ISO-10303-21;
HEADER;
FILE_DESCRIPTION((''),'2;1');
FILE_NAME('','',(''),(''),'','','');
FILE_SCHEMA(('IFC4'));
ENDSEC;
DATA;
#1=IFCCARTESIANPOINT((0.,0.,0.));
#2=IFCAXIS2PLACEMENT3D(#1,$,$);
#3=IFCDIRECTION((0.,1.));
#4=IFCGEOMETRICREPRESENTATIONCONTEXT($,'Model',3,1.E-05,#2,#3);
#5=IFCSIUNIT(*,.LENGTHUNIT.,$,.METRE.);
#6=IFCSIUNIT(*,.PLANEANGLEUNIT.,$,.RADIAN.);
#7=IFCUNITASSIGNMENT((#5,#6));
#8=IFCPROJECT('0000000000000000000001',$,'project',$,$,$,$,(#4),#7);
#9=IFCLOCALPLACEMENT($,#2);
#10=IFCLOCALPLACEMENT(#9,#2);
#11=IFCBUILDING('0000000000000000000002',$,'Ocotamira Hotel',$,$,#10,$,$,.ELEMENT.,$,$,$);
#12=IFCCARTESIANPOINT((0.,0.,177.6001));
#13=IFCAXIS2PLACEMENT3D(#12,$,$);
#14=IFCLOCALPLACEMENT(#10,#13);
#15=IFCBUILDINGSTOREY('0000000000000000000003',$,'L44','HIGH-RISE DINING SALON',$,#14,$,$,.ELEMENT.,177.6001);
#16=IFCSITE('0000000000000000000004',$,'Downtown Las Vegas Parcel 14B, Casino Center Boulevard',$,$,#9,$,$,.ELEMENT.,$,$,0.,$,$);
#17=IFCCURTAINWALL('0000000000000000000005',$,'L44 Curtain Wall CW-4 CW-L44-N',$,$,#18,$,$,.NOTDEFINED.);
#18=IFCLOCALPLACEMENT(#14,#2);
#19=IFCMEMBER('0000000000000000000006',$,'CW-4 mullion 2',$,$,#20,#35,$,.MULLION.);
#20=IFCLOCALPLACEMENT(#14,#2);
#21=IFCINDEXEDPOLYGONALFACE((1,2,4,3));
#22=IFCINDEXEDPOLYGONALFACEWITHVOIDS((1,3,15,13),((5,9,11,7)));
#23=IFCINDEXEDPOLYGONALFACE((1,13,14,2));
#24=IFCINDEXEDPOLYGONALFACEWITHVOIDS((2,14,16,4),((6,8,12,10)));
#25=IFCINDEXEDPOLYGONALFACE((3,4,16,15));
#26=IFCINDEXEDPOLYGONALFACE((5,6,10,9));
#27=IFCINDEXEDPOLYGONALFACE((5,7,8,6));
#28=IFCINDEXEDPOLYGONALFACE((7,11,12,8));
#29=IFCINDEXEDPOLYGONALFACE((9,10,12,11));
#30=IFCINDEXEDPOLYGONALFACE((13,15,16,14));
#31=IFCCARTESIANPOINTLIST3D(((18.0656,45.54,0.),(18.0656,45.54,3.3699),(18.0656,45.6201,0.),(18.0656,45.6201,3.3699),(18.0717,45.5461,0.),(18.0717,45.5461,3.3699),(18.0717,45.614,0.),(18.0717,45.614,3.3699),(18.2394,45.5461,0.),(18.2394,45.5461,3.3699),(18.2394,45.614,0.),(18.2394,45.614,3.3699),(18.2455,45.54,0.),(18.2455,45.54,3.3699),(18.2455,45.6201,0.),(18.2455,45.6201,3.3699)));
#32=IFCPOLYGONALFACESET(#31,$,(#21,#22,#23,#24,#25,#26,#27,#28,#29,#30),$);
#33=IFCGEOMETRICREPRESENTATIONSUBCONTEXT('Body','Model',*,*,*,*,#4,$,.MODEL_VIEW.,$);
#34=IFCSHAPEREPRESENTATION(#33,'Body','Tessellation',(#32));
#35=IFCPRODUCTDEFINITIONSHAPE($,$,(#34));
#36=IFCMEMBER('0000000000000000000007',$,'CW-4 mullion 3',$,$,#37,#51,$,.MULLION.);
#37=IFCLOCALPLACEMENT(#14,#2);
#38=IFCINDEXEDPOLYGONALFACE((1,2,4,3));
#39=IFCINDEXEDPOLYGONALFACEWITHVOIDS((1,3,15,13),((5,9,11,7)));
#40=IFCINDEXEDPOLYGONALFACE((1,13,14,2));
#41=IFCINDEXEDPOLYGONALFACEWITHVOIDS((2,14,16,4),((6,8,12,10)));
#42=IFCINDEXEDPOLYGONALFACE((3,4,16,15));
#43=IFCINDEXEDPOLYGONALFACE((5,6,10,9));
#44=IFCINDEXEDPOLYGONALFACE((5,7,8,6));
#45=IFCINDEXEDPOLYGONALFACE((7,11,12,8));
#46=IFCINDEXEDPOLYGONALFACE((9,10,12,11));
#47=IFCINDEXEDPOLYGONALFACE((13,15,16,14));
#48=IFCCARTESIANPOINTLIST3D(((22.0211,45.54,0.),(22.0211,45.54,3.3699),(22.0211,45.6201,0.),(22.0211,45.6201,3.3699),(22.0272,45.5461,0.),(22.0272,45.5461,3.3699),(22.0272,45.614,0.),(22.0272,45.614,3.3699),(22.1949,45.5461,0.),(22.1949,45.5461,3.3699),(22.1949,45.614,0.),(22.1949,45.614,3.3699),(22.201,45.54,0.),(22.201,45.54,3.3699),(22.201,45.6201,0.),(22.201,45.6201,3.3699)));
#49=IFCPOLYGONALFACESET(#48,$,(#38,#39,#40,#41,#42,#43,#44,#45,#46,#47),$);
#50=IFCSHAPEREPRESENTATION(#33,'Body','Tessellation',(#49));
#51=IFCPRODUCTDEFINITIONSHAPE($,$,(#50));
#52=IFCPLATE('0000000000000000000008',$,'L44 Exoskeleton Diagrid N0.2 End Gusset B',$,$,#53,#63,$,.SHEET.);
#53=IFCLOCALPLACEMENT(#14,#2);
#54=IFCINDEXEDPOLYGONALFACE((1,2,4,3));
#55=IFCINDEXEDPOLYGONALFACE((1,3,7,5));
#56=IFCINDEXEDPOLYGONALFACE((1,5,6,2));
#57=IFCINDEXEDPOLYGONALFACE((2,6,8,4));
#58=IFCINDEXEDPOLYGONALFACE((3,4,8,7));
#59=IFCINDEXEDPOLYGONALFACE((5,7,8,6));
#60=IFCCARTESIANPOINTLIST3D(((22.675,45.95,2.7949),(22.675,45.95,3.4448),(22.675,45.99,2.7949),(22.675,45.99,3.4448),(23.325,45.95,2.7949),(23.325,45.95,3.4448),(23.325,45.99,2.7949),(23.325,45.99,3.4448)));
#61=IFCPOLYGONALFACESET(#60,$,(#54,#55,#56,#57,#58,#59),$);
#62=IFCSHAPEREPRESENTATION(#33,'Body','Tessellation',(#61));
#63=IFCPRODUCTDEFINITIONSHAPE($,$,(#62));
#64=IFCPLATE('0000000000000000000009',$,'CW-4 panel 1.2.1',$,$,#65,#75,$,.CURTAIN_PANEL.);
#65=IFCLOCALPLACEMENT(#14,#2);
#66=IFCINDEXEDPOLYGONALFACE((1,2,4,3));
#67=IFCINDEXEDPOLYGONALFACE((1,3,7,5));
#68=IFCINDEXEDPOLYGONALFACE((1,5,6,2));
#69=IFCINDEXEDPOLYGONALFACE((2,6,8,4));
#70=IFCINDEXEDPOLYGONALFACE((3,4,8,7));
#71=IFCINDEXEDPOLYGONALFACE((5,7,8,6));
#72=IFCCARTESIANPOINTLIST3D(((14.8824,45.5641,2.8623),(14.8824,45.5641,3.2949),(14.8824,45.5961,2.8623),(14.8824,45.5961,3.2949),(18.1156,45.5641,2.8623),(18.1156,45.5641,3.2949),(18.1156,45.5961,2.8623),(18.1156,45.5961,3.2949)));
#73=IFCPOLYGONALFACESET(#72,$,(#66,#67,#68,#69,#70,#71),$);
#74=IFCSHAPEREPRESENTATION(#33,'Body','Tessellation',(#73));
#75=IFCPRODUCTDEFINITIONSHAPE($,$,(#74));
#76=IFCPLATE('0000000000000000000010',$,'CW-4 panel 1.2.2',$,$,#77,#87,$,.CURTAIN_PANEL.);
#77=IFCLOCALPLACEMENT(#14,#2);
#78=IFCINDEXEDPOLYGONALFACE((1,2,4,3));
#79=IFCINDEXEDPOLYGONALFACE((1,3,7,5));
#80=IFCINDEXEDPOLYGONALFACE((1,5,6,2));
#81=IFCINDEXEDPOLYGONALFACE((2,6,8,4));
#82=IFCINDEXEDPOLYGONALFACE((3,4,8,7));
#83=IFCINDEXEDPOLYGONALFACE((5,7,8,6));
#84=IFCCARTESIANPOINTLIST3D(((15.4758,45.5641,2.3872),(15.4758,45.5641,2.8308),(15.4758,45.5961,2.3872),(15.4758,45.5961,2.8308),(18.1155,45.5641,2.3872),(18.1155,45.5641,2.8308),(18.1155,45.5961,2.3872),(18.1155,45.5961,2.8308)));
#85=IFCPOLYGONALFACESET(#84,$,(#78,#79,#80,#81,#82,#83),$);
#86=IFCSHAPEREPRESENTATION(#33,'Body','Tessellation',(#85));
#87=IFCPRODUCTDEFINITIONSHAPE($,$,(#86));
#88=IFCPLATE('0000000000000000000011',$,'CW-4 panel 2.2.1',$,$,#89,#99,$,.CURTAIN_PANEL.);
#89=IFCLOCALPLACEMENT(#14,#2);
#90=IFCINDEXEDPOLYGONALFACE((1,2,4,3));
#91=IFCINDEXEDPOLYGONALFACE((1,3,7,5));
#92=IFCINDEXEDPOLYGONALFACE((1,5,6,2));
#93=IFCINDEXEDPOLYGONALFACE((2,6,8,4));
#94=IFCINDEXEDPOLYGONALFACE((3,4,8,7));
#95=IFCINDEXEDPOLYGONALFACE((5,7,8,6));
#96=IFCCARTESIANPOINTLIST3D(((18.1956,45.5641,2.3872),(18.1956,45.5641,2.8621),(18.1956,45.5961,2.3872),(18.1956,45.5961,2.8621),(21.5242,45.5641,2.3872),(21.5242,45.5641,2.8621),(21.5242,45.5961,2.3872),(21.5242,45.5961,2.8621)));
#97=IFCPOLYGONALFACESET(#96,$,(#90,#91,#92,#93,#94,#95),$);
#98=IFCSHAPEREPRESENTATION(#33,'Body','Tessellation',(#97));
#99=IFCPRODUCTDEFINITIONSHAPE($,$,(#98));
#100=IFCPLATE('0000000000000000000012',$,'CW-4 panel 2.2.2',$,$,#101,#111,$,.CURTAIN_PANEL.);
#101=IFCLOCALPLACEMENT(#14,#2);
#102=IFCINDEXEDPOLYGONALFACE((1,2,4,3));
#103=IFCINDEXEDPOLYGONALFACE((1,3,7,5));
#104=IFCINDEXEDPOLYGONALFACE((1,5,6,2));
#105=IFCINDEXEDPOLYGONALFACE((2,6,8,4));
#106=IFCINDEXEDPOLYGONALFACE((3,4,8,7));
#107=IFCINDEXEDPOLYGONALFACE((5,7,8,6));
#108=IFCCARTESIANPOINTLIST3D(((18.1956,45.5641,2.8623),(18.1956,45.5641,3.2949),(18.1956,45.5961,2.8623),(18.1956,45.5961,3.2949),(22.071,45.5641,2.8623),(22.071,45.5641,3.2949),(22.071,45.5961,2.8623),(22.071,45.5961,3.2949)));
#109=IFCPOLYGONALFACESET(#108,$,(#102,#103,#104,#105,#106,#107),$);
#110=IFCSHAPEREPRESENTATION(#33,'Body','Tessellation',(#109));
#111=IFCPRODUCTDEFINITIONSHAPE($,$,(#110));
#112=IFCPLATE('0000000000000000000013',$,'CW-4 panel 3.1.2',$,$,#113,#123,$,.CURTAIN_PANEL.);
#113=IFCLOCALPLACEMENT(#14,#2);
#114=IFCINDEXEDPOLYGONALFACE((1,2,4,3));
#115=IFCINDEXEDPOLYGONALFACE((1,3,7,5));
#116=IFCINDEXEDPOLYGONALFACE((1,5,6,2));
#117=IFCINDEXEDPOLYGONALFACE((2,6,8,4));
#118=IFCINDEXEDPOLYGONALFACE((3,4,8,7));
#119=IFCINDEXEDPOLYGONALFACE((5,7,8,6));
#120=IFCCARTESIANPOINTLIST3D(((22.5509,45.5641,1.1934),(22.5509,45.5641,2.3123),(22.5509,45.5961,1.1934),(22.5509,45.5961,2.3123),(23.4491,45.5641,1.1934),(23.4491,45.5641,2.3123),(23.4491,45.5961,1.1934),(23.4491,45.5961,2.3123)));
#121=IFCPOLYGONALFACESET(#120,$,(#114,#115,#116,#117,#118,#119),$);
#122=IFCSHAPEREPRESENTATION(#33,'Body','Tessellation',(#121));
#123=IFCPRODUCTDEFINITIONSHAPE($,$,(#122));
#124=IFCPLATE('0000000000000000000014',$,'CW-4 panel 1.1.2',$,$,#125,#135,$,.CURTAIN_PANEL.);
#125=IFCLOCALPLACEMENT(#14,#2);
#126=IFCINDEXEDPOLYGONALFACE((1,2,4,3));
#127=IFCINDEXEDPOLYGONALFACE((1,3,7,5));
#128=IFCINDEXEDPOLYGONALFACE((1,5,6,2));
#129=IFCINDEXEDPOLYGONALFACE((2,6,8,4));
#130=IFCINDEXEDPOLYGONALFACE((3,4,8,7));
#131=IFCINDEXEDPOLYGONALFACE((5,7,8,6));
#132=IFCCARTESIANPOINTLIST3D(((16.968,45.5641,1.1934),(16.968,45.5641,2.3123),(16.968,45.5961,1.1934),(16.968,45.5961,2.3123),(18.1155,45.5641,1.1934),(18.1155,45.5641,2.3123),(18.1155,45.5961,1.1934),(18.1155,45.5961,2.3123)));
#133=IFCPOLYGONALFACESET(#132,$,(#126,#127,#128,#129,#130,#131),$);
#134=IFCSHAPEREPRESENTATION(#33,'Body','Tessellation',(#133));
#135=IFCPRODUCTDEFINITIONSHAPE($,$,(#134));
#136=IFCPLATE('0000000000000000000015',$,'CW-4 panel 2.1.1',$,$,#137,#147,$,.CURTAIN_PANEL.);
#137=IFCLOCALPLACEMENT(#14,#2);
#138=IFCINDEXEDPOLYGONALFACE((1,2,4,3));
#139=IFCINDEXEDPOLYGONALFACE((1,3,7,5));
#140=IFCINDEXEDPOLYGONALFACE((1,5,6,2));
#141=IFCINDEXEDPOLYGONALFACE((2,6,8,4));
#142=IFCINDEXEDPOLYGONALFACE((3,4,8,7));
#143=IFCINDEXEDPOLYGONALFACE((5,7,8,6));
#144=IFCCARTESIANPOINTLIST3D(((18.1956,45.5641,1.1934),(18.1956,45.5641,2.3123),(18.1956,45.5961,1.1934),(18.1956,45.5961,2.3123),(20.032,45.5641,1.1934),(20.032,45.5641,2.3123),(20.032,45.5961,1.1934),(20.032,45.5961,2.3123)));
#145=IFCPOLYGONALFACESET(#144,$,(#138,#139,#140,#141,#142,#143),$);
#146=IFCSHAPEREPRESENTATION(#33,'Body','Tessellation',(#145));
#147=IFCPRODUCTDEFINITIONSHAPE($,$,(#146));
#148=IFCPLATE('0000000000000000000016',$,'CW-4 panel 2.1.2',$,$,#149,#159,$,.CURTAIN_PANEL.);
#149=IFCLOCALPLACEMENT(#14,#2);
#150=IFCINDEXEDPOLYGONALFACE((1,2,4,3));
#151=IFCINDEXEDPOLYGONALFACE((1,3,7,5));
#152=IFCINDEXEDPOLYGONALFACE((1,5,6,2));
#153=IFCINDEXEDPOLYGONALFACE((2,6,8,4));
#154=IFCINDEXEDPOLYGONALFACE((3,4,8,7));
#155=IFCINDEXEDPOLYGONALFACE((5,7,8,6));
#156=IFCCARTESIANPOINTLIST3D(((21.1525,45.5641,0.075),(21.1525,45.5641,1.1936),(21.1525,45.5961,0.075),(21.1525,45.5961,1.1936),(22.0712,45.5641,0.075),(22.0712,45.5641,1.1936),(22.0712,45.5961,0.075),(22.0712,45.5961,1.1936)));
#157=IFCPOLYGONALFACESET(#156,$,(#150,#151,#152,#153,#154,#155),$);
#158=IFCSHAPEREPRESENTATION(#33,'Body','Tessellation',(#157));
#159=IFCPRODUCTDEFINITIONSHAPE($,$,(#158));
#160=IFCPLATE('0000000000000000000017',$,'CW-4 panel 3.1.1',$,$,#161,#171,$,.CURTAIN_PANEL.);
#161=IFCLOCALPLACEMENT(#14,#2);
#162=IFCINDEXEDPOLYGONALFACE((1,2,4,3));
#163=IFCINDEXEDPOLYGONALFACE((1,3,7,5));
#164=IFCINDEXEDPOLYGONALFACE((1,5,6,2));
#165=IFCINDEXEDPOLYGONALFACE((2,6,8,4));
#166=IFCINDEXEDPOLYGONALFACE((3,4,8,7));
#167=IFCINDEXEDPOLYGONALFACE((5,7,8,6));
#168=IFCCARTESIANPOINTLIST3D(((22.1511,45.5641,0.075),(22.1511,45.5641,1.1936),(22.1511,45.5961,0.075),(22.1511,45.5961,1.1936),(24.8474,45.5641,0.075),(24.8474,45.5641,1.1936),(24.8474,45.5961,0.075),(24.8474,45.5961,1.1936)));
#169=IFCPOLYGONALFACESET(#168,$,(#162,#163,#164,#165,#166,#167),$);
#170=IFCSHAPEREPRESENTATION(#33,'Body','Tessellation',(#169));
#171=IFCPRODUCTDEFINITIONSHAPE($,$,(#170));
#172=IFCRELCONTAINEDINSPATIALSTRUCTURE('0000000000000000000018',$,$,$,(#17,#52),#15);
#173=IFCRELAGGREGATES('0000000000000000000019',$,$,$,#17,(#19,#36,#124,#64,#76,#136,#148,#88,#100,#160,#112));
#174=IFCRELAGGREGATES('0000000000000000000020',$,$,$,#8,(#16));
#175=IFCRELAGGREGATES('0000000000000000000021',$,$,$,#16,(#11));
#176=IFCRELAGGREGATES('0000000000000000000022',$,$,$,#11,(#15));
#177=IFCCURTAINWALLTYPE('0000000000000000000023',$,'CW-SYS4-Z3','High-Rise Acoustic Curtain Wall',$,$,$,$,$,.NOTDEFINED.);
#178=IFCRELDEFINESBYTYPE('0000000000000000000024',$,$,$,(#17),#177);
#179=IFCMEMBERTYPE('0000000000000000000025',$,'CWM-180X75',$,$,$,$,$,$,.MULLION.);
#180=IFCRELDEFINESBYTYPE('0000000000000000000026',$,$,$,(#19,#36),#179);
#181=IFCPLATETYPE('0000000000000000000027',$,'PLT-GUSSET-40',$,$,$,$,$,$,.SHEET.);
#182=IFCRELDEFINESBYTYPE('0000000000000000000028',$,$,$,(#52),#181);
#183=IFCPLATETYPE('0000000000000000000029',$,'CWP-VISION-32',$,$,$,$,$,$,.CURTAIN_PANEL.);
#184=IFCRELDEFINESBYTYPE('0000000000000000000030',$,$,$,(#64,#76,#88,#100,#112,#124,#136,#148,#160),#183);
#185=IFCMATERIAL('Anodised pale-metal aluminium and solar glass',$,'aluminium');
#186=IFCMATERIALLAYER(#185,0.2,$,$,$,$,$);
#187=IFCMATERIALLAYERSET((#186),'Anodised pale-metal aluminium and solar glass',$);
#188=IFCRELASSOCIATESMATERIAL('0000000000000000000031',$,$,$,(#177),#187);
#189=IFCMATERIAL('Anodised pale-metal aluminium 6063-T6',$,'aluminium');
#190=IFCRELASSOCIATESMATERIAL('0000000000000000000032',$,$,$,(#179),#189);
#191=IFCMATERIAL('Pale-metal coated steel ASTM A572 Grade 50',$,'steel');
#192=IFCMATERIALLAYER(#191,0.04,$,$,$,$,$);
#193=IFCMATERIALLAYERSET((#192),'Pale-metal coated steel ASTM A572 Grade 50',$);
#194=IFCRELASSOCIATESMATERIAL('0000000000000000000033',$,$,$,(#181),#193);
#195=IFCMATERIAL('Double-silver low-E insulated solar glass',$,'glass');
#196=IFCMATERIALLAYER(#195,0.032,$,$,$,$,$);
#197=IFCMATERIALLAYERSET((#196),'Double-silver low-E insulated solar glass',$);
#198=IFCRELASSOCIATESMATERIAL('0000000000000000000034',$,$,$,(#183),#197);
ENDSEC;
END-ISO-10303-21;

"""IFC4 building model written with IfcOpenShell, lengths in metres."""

from ifc_helpers import new_model, si_unit, direction, frame, origin, origin_2d, place, context, subcontext, project, spatial, rectangle, hollow_rectangle, extrude, source, transform, mapped, material, layer, layer_set, material_profile, profile_set, type_object, element, aggregate, save


model = new_model("IFC4")

# Units and contexts
model_context = context("Model", 3, precision=1e-05, world=origin(), true_north=direction((0.0, 1.0)))
body_context = subcontext(model_context, "Body", "Model", "MODEL_VIEW")
ifc_project = project(units=[si_unit("LENGTHUNIT", "METRE"), si_unit("PLANEANGLEUNIT", "RADIAN")], contexts=[model_context])

# Site, building, storey
site_placement = place(None, origin())
site = spatial("IfcSite", under=ifc_project, at=site_placement, Name="Downtown Las Vegas Parcel 14B, Casino Center Boulevard", CompositionType="ELEMENT", RefElevation=0.0)
building_placement = place(site_placement, origin())
building = spatial("IfcBuilding", under=site, at=building_placement, Name="Ocotamira Hotel", CompositionType="ELEMENT")
storey_placement = place(building_placement, frame((0.0, 0.0, 177.6001)))
storey = spatial("IfcBuildingStorey", under=building, at=storey_placement, Name="L44", Description="HIGH-RISE DINING SALON", CompositionType="ELEMENT", Elevation=177.6001)

# Curtain wall, members
ifc_material_1 = material(Name="Anodised pale-metal aluminium and solar glass", Category="aluminium")
ifc_layer_1 = layer(ifc_material_1, 0.2)
ifc_layer_set_1 = layer_set([ifc_layer_1], Name="Anodised pale-metal aluminium and solar glass")
curtain_wall_type = type_object("IfcCurtainWallType", Name="CW-SYS4-Z3", Description="High-Rise Acoustic Curtain Wall", PredefinedType="NOTDEFINED", material=ifc_layer_set_1)
curtain_wall_placement = place(storey_placement, origin())
curtain_wall = element("IfcCurtainWall", 1, at=curtain_wall_placement, inside=storey, type_object=curtain_wall_type, Name="L44 Curtain Wall CW-4 CW-L44-N", PredefinedType="NOTDEFINED")
ifc_material_2 = material(Name="Anodised pale-metal aluminium 6063-T6", Category="aluminium")
ifc_material_profile_1 = material_profile(ifc_material_2, hollow_rectangle(XDim=0.0801, YDim=0.1799, WallThickness=0.0061, at=origin_2d()), Name="HSS180X80X6")
ifc_profile_set_1 = profile_set([ifc_material_profile_1], Name="Anodised pale-metal aluminium 6063-T6")
member_type_1 = type_object("IfcMemberType", Name="CWM-180X75", PredefinedType="MULLION", material=ifc_profile_set_1)
shared_shape_1 = source(origin(), body_context, "Body", "SweptSolid", [
    extrude(hollow_rectangle(XDim=0.0801, YDim=0.1799, WallThickness=0.0061, at=origin_2d()), origin(), (0.0, 0.0, 1.0), 3.3699),
])
member_1_placement = place(storey_placement, frame((18.1555, 45.5801, 0.0), z_axis=(0.0, 0.0, 1.0), x_axis=(0.0, 1.0, 0.0)))
member_1 = element("IfcMember", 2, at=member_1_placement, type_object=member_type_1, Name="CW-4 mullion 2", PredefinedType="MULLION", context=body_context, shape_type="MappedRepresentation", body=[
    mapped(shared_shape_1, transform((0.0, 0.0, 0.0), scale=1.0)),
])
member_2_placement = place(storey_placement, frame((22.1111, 45.5801, 0.0), z_axis=(0.0, 0.0, 1.0), x_axis=(0.0, 1.0, 0.0)))
member_2 = element("IfcMember", 3, at=member_2_placement, type_object=member_type_1, Name="CW-4 mullion 3", PredefinedType="MULLION", context=body_context, shape_type="MappedRepresentation", body=[
    mapped(shared_shape_1, transform((0.0, 0.0, 0.0), scale=1.0)),
])

# Plates
ifc_material_3 = material(Name="Pale-metal coated steel ASTM A572 Grade 50", Category="steel")
ifc_layer_2 = layer(ifc_material_3, 0.04)
ifc_layer_set_2 = layer_set([ifc_layer_2], Name="Pale-metal coated steel ASTM A572 Grade 50")
plate_type_1 = type_object("IfcPlateType", Name="PLT-GUSSET-40", PredefinedType="SHEET", material=ifc_layer_set_2)
shared_shape_2 = source(origin(), body_context, "Body", "SweptSolid", [
    extrude(rectangle(XDim=0.6499, YDim=0.04, at=origin_2d()), origin(), (0.0, 0.0, 1.0), 0.6499),
])
plate_1_placement = place(storey_placement, frame((23.0, 45.97, 2.7949), z_axis=(0.0, 0.0, 1.0), x_axis=(1.0, 0.0, 0.0)))
element("IfcPlate", 4, at=plate_1_placement, inside=storey, type_object=plate_type_1, Name="L44 Exoskeleton Diagrid N0.2 End Gusset B", PredefinedType="SHEET", context=body_context, shape_type="MappedRepresentation", body=[
    mapped(shared_shape_2, transform((0.0, 0.0, 0.0), scale=1.0)),
])
ifc_material_4 = material(Name="Double-silver low-E insulated solar glass", Category="glass")
ifc_layer_3 = layer(ifc_material_4, 0.032)
ifc_layer_set_3 = layer_set([ifc_layer_3], Name="Double-silver low-E insulated solar glass")
plate_type_2 = type_object("IfcPlateType", Name="CWP-VISION-32", PredefinedType="CURTAIN_PANEL", material=ifc_layer_set_3)
shared_shape_3 = source(origin(), body_context, "Body", "SweptSolid", [
    extrude(rectangle(XDim=3.2332, YDim=0.032, at=origin_2d()), origin(), (0.0, 0.0, 1.0), 0.4326),
])
plate_2_placement = place(storey_placement, frame((16.499, 45.5801, 2.8623), z_axis=(0.0, 0.0, 1.0), x_axis=(1.0, 0.0, 0.0)))
plate_2 = element("IfcPlate", 5, at=plate_2_placement, type_object=plate_type_2, Name="CW-4 panel 1.2.1", PredefinedType="CURTAIN_PANEL", context=body_context, shape_type="MappedRepresentation", body=[
    mapped(shared_shape_3, transform((0.0, 0.0, 0.0), scale=1.0)),
])
shared_shape_4 = source(origin(), body_context, "Body", "SweptSolid", [
    extrude(rectangle(XDim=2.6396, YDim=0.032, at=origin_2d()), origin(), (0.0, 0.0, 1.0), 0.4436),
])
plate_3_placement = place(storey_placement, frame((16.7957, 45.5801, 2.3872), z_axis=(0.0, 0.0, 1.0), x_axis=(1.0, 0.0, 0.0)))
plate_3 = element("IfcPlate", 6, at=plate_3_placement, type_object=plate_type_2, Name="CW-4 panel 1.2.2", PredefinedType="CURTAIN_PANEL", context=body_context, shape_type="MappedRepresentation", body=[
    mapped(shared_shape_4, transform((0.0, 0.0, 0.0), scale=1.0)),
])
shared_shape_5 = source(origin(), body_context, "Body", "SweptSolid", [
    extrude(rectangle(XDim=3.3286, YDim=0.032, at=origin_2d()), origin(), (0.0, 0.0, 1.0), 0.4749),
])
plate_4_placement = place(storey_placement, frame((19.8599, 45.5801, 2.3872), z_axis=(0.0, 0.0, 1.0), x_axis=(1.0, 0.0, 0.0)))
plate_4 = element("IfcPlate", 7, at=plate_4_placement, type_object=plate_type_2, Name="CW-4 panel 2.2.1", PredefinedType="CURTAIN_PANEL", context=body_context, shape_type="MappedRepresentation", body=[
    mapped(shared_shape_5, transform((0.0, 0.0, 0.0), scale=1.0)),
])
shared_shape_6 = source(origin(), body_context, "Body", "SweptSolid", [
    extrude(rectangle(XDim=3.8755, YDim=0.032, at=origin_2d()), origin(), (0.0, 0.0, 1.0), 0.4326),
])
plate_5_placement = place(storey_placement, frame((20.1333, 45.5801, 2.8623), z_axis=(0.0, 0.0, 1.0), x_axis=(1.0, 0.0, 0.0)))
plate_5 = element("IfcPlate", 8, at=plate_5_placement, type_object=plate_type_2, Name="CW-4 panel 2.2.2", PredefinedType="CURTAIN_PANEL", context=body_context, shape_type="MappedRepresentation", body=[
    mapped(shared_shape_6, transform((0.0, 0.0, 0.0), scale=1.0)),
])
shared_shape_7 = source(origin(), body_context, "Body", "SweptSolid", [
    extrude(rectangle(XDim=0.8982, YDim=0.032, at=origin_2d()), origin(), (0.0, 0.0, 1.0), 1.1189),
])
plate_6_placement = place(storey_placement, frame((23.0, 45.5801, 1.1934), z_axis=(0.0, 0.0, 1.0), x_axis=(1.0, 0.0, 0.0)))
plate_6 = element("IfcPlate", 9, at=plate_6_placement, type_object=plate_type_2, Name="CW-4 panel 3.1.2", PredefinedType="CURTAIN_PANEL", context=body_context, shape_type="MappedRepresentation", body=[
    mapped(shared_shape_7, transform((0.0, 0.0, 0.0), scale=1.0)),
])
shared_shape_8 = source(origin(), body_context, "Body", "SweptSolid", [
    extrude(rectangle(XDim=1.1475, YDim=0.032, at=origin_2d()), origin(), (0.0, 0.0, 1.0), 1.1189),
])
plate_7_placement = place(storey_placement, frame((17.5417, 45.5801, 1.1934), z_axis=(0.0, 0.0, 1.0), x_axis=(1.0, 0.0, 0.0)))
plate_7 = element("IfcPlate", 10, at=plate_7_placement, type_object=plate_type_2, Name="CW-4 panel 1.1.2", PredefinedType="CURTAIN_PANEL", context=body_context, shape_type="MappedRepresentation", body=[
    mapped(shared_shape_8, transform((0.0, 0.0, 0.0), scale=1.0)),
])
shared_shape_9 = source(origin(), body_context, "Body", "SweptSolid", [
    extrude(rectangle(XDim=1.8364, YDim=0.032, at=origin_2d()), origin(), (0.0, 0.0, 1.0), 1.1189),
])
plate_8_placement = place(storey_placement, frame((19.1138, 45.5801, 1.1934), z_axis=(0.0, 0.0, 1.0), x_axis=(1.0, 0.0, 0.0)))
plate_8 = element("IfcPlate", 11, at=plate_8_placement, type_object=plate_type_2, Name="CW-4 panel 2.1.1", PredefinedType="CURTAIN_PANEL", context=body_context, shape_type="MappedRepresentation", body=[
    mapped(shared_shape_9, transform((0.0, 0.0, 0.0), scale=1.0)),
])
shared_shape_10 = source(origin(), body_context, "Body", "SweptSolid", [
    extrude(rectangle(XDim=0.9187, YDim=0.032, at=origin_2d()), origin(), (0.0, 0.0, 1.0), 1.1187),
])
plate_9_placement = place(storey_placement, frame((21.6118, 45.5801, 0.075), z_axis=(0.0, 0.0, 1.0), x_axis=(1.0, 0.0, 0.0)))
plate_9 = element("IfcPlate", 12, at=plate_9_placement, type_object=plate_type_2, Name="CW-4 panel 2.1.2", PredefinedType="CURTAIN_PANEL", context=body_context, shape_type="MappedRepresentation", body=[
    mapped(shared_shape_10, transform((0.0, 0.0, 0.0), scale=1.0)),
])
shared_shape_11 = source(origin(), body_context, "Body", "SweptSolid", [
    extrude(rectangle(XDim=2.6963, YDim=0.032, at=origin_2d()), origin(), (0.0, 0.0, 1.0), 1.1187),
])
plate_10_placement = place(storey_placement, frame((23.4993, 45.5801, 0.075), z_axis=(0.0, 0.0, 1.0), x_axis=(1.0, 0.0, 0.0)))
plate_10 = element("IfcPlate", 13, at=plate_10_placement, type_object=plate_type_2, Name="CW-4 panel 3.1.1", PredefinedType="CURTAIN_PANEL", context=body_context, shape_type="MappedRepresentation", body=[
    mapped(shared_shape_11, transform((0.0, 0.0, 0.0), scale=1.0)),
])
aggregate(curtain_wall, [member_1, member_2, plate_7, plate_2, plate_3, plate_8, plate_9, plate_4, plate_5, plate_10, plate_6])

save(model, "model.ifc")
